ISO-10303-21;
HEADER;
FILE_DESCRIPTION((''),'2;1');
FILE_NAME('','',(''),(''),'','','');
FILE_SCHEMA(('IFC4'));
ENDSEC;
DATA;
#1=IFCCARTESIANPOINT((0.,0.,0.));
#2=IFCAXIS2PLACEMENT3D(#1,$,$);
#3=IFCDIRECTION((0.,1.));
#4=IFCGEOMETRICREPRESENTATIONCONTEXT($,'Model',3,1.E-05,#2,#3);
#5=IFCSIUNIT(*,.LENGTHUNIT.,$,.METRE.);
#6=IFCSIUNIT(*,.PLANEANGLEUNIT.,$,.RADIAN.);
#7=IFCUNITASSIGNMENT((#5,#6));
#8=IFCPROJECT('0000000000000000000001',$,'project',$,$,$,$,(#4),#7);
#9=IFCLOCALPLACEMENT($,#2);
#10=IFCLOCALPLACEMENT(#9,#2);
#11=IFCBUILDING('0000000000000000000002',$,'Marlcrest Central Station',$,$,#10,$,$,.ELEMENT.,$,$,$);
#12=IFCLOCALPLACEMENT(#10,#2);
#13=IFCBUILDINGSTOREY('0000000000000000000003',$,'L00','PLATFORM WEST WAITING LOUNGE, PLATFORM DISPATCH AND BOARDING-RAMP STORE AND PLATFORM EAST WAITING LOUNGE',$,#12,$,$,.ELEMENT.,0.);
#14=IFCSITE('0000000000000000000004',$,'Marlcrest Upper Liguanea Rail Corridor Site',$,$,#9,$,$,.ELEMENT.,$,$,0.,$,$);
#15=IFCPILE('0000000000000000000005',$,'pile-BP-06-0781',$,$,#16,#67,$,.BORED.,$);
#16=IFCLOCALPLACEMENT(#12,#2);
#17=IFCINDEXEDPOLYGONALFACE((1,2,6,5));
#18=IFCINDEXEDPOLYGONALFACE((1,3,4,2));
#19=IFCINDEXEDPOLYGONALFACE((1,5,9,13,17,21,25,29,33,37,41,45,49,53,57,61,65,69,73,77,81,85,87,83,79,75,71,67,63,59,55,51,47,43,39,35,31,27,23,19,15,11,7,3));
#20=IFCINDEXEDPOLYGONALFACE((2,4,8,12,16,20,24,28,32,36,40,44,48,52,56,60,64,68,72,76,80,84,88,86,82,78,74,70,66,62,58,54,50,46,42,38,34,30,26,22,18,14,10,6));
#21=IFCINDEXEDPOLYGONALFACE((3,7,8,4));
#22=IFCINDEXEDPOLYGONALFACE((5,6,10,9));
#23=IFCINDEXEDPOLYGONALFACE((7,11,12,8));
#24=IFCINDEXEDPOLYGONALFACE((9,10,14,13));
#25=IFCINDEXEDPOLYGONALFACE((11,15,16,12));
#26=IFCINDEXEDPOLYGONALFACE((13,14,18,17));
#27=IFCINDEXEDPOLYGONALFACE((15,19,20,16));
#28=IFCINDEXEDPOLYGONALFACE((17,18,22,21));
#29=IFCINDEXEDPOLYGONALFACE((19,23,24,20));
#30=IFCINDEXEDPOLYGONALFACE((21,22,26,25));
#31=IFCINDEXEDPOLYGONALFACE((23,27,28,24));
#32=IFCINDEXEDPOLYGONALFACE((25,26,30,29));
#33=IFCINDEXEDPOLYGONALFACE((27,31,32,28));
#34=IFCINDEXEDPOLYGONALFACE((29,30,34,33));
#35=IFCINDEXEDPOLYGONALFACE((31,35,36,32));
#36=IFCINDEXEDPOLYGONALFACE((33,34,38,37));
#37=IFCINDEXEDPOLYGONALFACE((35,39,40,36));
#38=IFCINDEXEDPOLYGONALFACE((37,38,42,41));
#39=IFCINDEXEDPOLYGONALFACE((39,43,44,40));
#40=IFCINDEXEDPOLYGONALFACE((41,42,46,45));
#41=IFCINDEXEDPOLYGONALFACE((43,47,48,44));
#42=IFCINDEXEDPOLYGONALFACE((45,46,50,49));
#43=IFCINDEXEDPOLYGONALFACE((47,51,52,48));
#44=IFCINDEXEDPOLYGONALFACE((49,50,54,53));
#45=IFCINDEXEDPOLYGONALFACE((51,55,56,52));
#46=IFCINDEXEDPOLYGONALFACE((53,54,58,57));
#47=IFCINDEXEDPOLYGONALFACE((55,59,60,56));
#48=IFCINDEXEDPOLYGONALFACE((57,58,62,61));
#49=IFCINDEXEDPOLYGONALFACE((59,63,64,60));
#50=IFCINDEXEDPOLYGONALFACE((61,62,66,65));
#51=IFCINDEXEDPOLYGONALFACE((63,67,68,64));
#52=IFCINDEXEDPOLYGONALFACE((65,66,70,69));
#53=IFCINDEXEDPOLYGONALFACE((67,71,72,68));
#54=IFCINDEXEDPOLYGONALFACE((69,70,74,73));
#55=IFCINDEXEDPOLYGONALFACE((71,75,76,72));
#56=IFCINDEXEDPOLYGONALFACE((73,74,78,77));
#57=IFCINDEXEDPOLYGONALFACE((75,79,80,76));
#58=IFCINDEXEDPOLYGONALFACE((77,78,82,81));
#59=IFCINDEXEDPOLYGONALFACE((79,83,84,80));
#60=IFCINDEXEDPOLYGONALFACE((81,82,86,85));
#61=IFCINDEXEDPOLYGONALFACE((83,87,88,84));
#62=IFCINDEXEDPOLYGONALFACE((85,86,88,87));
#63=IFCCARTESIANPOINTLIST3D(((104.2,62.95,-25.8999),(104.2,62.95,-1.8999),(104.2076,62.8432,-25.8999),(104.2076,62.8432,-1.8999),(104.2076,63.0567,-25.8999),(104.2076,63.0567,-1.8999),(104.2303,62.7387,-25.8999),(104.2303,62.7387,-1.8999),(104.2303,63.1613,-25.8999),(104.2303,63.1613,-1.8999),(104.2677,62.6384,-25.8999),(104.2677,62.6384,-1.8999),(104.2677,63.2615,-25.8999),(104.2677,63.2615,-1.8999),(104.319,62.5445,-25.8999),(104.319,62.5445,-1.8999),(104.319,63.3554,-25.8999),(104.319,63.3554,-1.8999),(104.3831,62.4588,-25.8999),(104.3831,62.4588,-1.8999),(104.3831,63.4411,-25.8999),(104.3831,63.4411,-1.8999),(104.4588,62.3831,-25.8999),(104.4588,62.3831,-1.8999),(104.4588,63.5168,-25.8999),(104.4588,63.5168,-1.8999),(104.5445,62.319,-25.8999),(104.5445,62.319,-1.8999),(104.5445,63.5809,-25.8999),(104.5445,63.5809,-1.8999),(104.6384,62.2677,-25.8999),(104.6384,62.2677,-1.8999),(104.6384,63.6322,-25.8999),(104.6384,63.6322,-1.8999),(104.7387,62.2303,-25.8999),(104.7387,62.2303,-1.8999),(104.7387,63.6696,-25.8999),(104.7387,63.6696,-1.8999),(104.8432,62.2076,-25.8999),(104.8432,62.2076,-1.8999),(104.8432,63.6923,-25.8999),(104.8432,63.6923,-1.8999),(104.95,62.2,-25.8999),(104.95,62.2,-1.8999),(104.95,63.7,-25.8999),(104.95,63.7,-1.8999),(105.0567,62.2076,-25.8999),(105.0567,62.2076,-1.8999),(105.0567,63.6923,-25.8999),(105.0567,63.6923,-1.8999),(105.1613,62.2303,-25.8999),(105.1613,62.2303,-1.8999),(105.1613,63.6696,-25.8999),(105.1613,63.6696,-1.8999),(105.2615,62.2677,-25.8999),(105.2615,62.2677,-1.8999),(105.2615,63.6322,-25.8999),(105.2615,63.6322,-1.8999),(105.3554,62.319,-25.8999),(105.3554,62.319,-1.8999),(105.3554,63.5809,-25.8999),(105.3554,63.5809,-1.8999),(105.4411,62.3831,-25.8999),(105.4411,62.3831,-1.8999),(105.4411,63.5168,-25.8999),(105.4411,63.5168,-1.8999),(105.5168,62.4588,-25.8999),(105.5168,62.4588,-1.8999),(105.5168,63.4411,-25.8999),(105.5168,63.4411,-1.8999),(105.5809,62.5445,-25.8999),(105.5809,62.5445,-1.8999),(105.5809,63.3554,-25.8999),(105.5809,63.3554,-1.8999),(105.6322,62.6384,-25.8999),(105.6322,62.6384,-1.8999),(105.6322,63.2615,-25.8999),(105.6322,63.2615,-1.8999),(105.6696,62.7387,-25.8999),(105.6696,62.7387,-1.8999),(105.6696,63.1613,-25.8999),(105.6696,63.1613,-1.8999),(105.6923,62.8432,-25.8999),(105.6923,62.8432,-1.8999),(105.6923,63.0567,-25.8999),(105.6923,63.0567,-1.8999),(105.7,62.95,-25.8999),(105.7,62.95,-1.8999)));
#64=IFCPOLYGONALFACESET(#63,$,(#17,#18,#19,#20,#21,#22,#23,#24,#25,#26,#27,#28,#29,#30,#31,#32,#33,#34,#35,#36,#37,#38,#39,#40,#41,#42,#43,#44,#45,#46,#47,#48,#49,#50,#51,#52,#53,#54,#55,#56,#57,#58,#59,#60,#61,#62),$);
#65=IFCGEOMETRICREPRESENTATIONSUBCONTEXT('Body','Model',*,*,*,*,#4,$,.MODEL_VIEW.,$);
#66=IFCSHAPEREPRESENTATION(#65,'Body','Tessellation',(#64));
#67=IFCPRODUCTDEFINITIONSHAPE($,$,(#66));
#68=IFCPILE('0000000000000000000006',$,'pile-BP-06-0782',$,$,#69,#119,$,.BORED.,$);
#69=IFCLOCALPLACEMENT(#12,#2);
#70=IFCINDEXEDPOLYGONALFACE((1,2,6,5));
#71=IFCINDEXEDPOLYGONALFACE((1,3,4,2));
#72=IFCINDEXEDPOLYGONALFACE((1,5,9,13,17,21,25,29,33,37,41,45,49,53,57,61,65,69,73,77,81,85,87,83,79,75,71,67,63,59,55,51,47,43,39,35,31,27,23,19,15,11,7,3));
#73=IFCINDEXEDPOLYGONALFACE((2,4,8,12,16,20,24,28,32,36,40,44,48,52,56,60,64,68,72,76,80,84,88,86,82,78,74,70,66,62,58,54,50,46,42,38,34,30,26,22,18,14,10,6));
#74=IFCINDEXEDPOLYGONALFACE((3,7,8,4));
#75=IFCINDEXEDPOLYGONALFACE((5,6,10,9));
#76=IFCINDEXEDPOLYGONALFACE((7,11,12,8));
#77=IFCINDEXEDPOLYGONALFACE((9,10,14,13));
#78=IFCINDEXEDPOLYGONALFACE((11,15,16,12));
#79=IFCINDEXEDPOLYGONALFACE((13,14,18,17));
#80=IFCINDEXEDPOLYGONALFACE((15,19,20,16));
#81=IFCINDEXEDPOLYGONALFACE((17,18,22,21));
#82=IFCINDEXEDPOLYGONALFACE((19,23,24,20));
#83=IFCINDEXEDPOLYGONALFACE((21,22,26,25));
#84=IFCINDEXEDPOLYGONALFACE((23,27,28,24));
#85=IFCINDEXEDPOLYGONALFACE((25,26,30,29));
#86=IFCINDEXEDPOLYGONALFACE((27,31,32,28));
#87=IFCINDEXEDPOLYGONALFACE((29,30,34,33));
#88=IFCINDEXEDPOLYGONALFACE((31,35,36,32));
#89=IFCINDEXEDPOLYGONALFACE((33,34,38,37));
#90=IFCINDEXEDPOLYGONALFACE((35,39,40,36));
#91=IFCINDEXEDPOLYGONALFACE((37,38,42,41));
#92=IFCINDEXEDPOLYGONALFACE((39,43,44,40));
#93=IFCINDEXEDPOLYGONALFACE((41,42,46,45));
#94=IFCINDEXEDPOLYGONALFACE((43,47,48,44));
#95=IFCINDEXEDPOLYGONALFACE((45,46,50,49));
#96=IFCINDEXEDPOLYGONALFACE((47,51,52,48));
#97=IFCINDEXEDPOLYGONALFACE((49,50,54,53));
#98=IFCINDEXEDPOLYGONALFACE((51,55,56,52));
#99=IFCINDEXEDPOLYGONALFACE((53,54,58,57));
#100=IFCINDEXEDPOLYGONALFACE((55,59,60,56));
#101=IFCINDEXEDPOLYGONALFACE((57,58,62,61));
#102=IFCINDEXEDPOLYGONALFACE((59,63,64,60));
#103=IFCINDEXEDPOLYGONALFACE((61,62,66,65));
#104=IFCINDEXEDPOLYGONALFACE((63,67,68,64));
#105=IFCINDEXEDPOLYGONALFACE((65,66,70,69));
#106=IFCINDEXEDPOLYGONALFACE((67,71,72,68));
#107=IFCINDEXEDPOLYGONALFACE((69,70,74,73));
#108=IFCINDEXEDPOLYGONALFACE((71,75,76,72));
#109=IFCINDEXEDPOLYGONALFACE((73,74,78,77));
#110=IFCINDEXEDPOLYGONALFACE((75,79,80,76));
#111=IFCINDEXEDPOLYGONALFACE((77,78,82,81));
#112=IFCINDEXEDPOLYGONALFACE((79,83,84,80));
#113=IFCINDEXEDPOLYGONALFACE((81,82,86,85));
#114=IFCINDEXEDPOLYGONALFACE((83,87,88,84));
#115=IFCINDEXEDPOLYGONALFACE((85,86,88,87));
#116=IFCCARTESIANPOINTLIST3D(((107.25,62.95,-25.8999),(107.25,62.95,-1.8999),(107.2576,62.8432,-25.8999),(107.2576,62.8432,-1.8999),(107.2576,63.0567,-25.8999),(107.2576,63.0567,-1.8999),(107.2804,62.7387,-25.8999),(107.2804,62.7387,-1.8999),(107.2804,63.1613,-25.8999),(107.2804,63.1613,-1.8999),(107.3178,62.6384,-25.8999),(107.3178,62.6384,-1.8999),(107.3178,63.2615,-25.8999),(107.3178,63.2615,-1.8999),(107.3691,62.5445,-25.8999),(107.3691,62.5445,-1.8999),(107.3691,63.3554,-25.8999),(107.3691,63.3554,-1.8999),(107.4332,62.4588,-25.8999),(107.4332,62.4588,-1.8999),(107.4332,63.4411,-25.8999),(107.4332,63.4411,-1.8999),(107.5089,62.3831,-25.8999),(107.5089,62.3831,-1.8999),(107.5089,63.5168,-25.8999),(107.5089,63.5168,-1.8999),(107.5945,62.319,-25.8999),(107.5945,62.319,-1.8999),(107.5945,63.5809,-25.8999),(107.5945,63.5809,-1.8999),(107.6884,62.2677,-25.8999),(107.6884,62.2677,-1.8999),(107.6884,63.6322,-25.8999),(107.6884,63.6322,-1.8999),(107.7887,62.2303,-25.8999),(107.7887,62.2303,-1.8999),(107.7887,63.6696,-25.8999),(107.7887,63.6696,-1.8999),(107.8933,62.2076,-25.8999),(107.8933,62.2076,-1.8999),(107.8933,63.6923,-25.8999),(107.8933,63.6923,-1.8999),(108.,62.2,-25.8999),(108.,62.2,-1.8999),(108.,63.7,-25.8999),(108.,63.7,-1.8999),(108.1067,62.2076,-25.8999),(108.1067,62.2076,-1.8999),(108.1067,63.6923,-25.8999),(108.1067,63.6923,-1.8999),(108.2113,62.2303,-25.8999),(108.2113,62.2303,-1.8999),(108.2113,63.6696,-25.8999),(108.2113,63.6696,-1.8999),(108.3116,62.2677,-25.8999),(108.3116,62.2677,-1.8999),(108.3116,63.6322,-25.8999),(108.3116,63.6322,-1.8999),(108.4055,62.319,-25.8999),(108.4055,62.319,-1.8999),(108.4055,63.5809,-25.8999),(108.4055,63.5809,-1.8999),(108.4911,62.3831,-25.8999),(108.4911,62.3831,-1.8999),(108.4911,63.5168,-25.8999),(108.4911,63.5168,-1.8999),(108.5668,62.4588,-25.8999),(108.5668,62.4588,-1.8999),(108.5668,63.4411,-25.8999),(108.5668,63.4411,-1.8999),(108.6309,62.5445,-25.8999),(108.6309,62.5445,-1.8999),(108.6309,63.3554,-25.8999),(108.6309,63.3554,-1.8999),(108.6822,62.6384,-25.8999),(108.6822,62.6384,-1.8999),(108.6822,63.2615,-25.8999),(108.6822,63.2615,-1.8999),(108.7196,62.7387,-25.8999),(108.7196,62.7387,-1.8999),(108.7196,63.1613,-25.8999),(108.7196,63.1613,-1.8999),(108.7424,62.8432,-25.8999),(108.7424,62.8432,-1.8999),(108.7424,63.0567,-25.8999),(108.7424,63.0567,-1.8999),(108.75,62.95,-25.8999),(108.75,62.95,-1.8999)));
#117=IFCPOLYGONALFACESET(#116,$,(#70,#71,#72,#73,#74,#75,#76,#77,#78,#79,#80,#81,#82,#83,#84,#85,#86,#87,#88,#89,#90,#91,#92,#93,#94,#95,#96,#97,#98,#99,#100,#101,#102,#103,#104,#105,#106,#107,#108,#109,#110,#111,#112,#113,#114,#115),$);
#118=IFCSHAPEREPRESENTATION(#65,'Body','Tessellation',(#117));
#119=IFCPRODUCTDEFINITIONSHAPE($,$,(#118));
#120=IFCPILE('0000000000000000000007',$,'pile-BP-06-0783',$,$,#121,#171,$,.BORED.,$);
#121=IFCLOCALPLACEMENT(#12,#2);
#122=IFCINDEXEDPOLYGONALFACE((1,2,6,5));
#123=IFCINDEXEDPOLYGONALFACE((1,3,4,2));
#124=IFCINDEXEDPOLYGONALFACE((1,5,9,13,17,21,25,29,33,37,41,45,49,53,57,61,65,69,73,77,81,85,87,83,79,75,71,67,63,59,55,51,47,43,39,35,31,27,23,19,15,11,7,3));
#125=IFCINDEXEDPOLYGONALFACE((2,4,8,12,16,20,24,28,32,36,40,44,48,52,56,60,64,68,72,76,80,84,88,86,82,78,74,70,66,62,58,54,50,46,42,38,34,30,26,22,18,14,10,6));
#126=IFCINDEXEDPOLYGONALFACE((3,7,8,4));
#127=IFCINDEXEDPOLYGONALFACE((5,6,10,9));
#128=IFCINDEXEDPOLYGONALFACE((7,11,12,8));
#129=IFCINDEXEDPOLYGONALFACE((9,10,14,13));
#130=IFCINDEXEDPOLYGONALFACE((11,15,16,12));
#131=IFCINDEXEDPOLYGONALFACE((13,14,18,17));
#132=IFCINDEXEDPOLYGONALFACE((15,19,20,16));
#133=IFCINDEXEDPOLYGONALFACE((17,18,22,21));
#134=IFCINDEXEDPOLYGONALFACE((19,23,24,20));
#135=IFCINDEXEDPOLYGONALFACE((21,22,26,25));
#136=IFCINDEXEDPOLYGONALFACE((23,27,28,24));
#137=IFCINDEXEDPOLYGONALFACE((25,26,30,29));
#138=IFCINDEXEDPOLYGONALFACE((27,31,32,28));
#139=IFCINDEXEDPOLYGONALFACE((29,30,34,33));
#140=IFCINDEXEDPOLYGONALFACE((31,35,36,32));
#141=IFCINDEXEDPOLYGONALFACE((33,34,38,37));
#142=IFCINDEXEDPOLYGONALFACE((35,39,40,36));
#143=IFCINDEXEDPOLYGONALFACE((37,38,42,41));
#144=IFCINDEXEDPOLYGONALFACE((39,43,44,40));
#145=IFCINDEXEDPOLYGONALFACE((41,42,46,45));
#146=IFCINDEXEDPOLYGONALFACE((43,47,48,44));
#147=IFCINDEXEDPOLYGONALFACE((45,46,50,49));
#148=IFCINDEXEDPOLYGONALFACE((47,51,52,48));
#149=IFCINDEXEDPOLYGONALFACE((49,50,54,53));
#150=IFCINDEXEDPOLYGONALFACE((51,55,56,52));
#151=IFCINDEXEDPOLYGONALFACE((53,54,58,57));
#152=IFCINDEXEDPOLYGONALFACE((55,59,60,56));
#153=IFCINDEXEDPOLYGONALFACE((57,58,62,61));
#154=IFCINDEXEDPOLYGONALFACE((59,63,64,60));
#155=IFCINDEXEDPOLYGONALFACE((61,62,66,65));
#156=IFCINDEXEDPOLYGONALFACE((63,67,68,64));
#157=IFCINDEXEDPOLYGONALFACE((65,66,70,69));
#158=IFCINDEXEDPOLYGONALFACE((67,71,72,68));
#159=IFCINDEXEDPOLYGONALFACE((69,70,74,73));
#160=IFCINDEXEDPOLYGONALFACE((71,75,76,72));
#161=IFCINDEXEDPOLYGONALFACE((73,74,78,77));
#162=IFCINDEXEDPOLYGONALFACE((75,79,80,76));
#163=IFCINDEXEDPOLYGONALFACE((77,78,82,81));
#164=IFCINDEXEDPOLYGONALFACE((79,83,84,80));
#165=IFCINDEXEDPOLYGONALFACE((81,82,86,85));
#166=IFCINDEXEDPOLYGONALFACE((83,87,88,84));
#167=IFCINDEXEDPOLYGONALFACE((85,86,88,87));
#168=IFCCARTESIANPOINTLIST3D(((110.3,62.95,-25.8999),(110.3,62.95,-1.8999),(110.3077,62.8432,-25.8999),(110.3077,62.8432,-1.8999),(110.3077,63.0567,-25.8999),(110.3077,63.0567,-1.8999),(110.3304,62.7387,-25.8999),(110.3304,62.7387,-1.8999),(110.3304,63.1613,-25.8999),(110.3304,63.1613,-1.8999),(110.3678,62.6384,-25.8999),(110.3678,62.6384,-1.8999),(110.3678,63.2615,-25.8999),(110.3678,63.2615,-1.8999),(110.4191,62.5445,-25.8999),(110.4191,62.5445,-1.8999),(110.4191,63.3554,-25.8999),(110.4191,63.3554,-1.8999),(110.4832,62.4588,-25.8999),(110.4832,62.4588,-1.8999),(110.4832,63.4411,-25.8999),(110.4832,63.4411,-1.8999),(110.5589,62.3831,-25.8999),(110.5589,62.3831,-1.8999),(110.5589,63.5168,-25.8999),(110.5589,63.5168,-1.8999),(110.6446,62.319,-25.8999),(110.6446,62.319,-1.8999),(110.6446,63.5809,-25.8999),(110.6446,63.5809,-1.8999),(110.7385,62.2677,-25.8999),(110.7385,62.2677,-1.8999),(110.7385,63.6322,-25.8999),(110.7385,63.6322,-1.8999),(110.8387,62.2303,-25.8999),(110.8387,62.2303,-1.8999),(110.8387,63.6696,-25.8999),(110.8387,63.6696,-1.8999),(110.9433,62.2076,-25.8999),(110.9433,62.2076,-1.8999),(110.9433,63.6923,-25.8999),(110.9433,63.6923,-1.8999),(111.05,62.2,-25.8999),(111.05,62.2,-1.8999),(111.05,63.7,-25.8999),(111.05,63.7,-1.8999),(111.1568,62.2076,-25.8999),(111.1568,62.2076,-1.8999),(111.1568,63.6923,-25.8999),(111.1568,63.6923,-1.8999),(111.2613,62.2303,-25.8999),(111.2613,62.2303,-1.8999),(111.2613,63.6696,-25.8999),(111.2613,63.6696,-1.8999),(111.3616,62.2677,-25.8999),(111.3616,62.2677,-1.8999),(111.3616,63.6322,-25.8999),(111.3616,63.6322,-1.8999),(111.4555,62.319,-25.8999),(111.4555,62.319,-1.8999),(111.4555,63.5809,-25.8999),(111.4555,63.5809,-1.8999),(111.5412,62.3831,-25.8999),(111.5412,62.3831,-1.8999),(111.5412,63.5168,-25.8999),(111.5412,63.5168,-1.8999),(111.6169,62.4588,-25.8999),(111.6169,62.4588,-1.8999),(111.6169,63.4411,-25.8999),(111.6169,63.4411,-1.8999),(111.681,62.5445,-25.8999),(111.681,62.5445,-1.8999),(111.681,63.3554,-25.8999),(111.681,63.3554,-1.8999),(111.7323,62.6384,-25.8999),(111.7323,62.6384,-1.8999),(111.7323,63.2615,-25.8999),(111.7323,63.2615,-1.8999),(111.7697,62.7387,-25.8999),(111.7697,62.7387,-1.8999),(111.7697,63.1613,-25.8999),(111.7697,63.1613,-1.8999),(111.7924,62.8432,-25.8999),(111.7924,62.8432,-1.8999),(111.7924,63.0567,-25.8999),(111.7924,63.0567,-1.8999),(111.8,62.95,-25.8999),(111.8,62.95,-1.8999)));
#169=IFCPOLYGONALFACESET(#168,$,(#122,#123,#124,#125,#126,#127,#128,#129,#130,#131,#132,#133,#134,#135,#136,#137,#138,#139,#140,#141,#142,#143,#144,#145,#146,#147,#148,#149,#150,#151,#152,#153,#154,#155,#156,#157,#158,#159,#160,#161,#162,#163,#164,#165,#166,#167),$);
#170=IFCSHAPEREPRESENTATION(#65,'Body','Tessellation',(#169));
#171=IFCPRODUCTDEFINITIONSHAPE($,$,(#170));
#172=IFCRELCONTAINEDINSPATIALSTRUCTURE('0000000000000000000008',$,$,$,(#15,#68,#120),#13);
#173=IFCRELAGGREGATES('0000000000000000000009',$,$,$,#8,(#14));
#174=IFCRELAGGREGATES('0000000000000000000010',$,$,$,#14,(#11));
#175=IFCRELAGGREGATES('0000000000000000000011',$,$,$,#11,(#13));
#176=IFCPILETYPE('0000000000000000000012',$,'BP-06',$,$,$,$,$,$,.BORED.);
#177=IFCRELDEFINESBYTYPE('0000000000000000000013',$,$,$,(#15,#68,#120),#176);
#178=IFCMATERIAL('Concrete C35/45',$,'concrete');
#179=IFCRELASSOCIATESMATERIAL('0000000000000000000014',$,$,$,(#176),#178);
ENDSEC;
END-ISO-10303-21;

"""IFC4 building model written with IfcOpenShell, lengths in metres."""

from ifc_helpers import new_model, si_unit, direction, frame, origin, origin_2d, place, context, subcontext, project, spatial, circle, extrude, material, material_profile, profile_set, type_object, element, save


model = new_model("IFC4")

# Units and contexts
model_context = context("Model", 3, precision=1e-05, world=origin(), true_north=direction((0.0, 1.0)))
body_context = subcontext(model_context, "Body", "Model", "MODEL_VIEW")
ifc_project = project(units=[si_unit("LENGTHUNIT", "METRE"), si_unit("PLANEANGLEUNIT", "RADIAN")], contexts=[model_context])

# Site, building, storey
site_placement = place(None, origin())
site = spatial("IfcSite", under=ifc_project, at=site_placement, Name="Marlcrest Upper Liguanea Rail Corridor Site", CompositionType="ELEMENT", RefElevation=0.0)
building_placement = place(site_placement, origin())
building = spatial("IfcBuilding", under=site, at=building_placement, Name="Marlcrest Central Station", CompositionType="ELEMENT")
storey_placement = place(building_placement, origin())
storey = spatial("IfcBuildingStorey", under=building, at=storey_placement, Name="L00", Description="PLATFORM WEST WAITING LOUNGE, PLATFORM DISPATCH AND BOARDING-RAMP STORE AND PLATFORM EAST WAITING LOUNGE", CompositionType="ELEMENT", Elevation=0.0)

# Piles
ifc_material_1 = material(Name="Concrete C35/45", Category="concrete")
ifc_material_profile_1 = material_profile(ifc_material_1, circle(Radius=0.75, at=origin_2d()), Name="PILE D1500")
ifc_profile_set_1 = profile_set([ifc_material_profile_1], Name="Concrete C35/45")
pile_type_1 = type_object("IfcPileType", Name="BP-06", PredefinedType="BORED", material=ifc_profile_set_1)
for number, where, z_axis, x_axis, name in (
    (1, (104.95, 62.95, -1.8999), (0.0, 0.0, -1.0), (1.0, 0.0, 0.0), "pile-BP-06-0781"),
    (2, (108.0, 62.95, -1.8999), (0.0, 0.0, -1.0), (1.0, 0.0, 0.0), "pile-BP-06-0782"),
    (3, (111.05, 62.95, -1.8999), (0.0, 0.0, -1.0), (1.0, 0.0, 0.0), "pile-BP-06-0783"),
):
    element("IfcPile", number, at=place(storey_placement, frame(where, z_axis=z_axis, x_axis=x_axis)), inside=storey, type_object=pile_type_1, Name=name, PredefinedType="BORED", context=body_context, shape_type="SweptSolid", body=[
        extrude(circle(Radius=0.75, at=origin_2d()), origin(), (0.0, 0.0, 1.0), 24.0),
    ])

save(model, "model.ifc")
